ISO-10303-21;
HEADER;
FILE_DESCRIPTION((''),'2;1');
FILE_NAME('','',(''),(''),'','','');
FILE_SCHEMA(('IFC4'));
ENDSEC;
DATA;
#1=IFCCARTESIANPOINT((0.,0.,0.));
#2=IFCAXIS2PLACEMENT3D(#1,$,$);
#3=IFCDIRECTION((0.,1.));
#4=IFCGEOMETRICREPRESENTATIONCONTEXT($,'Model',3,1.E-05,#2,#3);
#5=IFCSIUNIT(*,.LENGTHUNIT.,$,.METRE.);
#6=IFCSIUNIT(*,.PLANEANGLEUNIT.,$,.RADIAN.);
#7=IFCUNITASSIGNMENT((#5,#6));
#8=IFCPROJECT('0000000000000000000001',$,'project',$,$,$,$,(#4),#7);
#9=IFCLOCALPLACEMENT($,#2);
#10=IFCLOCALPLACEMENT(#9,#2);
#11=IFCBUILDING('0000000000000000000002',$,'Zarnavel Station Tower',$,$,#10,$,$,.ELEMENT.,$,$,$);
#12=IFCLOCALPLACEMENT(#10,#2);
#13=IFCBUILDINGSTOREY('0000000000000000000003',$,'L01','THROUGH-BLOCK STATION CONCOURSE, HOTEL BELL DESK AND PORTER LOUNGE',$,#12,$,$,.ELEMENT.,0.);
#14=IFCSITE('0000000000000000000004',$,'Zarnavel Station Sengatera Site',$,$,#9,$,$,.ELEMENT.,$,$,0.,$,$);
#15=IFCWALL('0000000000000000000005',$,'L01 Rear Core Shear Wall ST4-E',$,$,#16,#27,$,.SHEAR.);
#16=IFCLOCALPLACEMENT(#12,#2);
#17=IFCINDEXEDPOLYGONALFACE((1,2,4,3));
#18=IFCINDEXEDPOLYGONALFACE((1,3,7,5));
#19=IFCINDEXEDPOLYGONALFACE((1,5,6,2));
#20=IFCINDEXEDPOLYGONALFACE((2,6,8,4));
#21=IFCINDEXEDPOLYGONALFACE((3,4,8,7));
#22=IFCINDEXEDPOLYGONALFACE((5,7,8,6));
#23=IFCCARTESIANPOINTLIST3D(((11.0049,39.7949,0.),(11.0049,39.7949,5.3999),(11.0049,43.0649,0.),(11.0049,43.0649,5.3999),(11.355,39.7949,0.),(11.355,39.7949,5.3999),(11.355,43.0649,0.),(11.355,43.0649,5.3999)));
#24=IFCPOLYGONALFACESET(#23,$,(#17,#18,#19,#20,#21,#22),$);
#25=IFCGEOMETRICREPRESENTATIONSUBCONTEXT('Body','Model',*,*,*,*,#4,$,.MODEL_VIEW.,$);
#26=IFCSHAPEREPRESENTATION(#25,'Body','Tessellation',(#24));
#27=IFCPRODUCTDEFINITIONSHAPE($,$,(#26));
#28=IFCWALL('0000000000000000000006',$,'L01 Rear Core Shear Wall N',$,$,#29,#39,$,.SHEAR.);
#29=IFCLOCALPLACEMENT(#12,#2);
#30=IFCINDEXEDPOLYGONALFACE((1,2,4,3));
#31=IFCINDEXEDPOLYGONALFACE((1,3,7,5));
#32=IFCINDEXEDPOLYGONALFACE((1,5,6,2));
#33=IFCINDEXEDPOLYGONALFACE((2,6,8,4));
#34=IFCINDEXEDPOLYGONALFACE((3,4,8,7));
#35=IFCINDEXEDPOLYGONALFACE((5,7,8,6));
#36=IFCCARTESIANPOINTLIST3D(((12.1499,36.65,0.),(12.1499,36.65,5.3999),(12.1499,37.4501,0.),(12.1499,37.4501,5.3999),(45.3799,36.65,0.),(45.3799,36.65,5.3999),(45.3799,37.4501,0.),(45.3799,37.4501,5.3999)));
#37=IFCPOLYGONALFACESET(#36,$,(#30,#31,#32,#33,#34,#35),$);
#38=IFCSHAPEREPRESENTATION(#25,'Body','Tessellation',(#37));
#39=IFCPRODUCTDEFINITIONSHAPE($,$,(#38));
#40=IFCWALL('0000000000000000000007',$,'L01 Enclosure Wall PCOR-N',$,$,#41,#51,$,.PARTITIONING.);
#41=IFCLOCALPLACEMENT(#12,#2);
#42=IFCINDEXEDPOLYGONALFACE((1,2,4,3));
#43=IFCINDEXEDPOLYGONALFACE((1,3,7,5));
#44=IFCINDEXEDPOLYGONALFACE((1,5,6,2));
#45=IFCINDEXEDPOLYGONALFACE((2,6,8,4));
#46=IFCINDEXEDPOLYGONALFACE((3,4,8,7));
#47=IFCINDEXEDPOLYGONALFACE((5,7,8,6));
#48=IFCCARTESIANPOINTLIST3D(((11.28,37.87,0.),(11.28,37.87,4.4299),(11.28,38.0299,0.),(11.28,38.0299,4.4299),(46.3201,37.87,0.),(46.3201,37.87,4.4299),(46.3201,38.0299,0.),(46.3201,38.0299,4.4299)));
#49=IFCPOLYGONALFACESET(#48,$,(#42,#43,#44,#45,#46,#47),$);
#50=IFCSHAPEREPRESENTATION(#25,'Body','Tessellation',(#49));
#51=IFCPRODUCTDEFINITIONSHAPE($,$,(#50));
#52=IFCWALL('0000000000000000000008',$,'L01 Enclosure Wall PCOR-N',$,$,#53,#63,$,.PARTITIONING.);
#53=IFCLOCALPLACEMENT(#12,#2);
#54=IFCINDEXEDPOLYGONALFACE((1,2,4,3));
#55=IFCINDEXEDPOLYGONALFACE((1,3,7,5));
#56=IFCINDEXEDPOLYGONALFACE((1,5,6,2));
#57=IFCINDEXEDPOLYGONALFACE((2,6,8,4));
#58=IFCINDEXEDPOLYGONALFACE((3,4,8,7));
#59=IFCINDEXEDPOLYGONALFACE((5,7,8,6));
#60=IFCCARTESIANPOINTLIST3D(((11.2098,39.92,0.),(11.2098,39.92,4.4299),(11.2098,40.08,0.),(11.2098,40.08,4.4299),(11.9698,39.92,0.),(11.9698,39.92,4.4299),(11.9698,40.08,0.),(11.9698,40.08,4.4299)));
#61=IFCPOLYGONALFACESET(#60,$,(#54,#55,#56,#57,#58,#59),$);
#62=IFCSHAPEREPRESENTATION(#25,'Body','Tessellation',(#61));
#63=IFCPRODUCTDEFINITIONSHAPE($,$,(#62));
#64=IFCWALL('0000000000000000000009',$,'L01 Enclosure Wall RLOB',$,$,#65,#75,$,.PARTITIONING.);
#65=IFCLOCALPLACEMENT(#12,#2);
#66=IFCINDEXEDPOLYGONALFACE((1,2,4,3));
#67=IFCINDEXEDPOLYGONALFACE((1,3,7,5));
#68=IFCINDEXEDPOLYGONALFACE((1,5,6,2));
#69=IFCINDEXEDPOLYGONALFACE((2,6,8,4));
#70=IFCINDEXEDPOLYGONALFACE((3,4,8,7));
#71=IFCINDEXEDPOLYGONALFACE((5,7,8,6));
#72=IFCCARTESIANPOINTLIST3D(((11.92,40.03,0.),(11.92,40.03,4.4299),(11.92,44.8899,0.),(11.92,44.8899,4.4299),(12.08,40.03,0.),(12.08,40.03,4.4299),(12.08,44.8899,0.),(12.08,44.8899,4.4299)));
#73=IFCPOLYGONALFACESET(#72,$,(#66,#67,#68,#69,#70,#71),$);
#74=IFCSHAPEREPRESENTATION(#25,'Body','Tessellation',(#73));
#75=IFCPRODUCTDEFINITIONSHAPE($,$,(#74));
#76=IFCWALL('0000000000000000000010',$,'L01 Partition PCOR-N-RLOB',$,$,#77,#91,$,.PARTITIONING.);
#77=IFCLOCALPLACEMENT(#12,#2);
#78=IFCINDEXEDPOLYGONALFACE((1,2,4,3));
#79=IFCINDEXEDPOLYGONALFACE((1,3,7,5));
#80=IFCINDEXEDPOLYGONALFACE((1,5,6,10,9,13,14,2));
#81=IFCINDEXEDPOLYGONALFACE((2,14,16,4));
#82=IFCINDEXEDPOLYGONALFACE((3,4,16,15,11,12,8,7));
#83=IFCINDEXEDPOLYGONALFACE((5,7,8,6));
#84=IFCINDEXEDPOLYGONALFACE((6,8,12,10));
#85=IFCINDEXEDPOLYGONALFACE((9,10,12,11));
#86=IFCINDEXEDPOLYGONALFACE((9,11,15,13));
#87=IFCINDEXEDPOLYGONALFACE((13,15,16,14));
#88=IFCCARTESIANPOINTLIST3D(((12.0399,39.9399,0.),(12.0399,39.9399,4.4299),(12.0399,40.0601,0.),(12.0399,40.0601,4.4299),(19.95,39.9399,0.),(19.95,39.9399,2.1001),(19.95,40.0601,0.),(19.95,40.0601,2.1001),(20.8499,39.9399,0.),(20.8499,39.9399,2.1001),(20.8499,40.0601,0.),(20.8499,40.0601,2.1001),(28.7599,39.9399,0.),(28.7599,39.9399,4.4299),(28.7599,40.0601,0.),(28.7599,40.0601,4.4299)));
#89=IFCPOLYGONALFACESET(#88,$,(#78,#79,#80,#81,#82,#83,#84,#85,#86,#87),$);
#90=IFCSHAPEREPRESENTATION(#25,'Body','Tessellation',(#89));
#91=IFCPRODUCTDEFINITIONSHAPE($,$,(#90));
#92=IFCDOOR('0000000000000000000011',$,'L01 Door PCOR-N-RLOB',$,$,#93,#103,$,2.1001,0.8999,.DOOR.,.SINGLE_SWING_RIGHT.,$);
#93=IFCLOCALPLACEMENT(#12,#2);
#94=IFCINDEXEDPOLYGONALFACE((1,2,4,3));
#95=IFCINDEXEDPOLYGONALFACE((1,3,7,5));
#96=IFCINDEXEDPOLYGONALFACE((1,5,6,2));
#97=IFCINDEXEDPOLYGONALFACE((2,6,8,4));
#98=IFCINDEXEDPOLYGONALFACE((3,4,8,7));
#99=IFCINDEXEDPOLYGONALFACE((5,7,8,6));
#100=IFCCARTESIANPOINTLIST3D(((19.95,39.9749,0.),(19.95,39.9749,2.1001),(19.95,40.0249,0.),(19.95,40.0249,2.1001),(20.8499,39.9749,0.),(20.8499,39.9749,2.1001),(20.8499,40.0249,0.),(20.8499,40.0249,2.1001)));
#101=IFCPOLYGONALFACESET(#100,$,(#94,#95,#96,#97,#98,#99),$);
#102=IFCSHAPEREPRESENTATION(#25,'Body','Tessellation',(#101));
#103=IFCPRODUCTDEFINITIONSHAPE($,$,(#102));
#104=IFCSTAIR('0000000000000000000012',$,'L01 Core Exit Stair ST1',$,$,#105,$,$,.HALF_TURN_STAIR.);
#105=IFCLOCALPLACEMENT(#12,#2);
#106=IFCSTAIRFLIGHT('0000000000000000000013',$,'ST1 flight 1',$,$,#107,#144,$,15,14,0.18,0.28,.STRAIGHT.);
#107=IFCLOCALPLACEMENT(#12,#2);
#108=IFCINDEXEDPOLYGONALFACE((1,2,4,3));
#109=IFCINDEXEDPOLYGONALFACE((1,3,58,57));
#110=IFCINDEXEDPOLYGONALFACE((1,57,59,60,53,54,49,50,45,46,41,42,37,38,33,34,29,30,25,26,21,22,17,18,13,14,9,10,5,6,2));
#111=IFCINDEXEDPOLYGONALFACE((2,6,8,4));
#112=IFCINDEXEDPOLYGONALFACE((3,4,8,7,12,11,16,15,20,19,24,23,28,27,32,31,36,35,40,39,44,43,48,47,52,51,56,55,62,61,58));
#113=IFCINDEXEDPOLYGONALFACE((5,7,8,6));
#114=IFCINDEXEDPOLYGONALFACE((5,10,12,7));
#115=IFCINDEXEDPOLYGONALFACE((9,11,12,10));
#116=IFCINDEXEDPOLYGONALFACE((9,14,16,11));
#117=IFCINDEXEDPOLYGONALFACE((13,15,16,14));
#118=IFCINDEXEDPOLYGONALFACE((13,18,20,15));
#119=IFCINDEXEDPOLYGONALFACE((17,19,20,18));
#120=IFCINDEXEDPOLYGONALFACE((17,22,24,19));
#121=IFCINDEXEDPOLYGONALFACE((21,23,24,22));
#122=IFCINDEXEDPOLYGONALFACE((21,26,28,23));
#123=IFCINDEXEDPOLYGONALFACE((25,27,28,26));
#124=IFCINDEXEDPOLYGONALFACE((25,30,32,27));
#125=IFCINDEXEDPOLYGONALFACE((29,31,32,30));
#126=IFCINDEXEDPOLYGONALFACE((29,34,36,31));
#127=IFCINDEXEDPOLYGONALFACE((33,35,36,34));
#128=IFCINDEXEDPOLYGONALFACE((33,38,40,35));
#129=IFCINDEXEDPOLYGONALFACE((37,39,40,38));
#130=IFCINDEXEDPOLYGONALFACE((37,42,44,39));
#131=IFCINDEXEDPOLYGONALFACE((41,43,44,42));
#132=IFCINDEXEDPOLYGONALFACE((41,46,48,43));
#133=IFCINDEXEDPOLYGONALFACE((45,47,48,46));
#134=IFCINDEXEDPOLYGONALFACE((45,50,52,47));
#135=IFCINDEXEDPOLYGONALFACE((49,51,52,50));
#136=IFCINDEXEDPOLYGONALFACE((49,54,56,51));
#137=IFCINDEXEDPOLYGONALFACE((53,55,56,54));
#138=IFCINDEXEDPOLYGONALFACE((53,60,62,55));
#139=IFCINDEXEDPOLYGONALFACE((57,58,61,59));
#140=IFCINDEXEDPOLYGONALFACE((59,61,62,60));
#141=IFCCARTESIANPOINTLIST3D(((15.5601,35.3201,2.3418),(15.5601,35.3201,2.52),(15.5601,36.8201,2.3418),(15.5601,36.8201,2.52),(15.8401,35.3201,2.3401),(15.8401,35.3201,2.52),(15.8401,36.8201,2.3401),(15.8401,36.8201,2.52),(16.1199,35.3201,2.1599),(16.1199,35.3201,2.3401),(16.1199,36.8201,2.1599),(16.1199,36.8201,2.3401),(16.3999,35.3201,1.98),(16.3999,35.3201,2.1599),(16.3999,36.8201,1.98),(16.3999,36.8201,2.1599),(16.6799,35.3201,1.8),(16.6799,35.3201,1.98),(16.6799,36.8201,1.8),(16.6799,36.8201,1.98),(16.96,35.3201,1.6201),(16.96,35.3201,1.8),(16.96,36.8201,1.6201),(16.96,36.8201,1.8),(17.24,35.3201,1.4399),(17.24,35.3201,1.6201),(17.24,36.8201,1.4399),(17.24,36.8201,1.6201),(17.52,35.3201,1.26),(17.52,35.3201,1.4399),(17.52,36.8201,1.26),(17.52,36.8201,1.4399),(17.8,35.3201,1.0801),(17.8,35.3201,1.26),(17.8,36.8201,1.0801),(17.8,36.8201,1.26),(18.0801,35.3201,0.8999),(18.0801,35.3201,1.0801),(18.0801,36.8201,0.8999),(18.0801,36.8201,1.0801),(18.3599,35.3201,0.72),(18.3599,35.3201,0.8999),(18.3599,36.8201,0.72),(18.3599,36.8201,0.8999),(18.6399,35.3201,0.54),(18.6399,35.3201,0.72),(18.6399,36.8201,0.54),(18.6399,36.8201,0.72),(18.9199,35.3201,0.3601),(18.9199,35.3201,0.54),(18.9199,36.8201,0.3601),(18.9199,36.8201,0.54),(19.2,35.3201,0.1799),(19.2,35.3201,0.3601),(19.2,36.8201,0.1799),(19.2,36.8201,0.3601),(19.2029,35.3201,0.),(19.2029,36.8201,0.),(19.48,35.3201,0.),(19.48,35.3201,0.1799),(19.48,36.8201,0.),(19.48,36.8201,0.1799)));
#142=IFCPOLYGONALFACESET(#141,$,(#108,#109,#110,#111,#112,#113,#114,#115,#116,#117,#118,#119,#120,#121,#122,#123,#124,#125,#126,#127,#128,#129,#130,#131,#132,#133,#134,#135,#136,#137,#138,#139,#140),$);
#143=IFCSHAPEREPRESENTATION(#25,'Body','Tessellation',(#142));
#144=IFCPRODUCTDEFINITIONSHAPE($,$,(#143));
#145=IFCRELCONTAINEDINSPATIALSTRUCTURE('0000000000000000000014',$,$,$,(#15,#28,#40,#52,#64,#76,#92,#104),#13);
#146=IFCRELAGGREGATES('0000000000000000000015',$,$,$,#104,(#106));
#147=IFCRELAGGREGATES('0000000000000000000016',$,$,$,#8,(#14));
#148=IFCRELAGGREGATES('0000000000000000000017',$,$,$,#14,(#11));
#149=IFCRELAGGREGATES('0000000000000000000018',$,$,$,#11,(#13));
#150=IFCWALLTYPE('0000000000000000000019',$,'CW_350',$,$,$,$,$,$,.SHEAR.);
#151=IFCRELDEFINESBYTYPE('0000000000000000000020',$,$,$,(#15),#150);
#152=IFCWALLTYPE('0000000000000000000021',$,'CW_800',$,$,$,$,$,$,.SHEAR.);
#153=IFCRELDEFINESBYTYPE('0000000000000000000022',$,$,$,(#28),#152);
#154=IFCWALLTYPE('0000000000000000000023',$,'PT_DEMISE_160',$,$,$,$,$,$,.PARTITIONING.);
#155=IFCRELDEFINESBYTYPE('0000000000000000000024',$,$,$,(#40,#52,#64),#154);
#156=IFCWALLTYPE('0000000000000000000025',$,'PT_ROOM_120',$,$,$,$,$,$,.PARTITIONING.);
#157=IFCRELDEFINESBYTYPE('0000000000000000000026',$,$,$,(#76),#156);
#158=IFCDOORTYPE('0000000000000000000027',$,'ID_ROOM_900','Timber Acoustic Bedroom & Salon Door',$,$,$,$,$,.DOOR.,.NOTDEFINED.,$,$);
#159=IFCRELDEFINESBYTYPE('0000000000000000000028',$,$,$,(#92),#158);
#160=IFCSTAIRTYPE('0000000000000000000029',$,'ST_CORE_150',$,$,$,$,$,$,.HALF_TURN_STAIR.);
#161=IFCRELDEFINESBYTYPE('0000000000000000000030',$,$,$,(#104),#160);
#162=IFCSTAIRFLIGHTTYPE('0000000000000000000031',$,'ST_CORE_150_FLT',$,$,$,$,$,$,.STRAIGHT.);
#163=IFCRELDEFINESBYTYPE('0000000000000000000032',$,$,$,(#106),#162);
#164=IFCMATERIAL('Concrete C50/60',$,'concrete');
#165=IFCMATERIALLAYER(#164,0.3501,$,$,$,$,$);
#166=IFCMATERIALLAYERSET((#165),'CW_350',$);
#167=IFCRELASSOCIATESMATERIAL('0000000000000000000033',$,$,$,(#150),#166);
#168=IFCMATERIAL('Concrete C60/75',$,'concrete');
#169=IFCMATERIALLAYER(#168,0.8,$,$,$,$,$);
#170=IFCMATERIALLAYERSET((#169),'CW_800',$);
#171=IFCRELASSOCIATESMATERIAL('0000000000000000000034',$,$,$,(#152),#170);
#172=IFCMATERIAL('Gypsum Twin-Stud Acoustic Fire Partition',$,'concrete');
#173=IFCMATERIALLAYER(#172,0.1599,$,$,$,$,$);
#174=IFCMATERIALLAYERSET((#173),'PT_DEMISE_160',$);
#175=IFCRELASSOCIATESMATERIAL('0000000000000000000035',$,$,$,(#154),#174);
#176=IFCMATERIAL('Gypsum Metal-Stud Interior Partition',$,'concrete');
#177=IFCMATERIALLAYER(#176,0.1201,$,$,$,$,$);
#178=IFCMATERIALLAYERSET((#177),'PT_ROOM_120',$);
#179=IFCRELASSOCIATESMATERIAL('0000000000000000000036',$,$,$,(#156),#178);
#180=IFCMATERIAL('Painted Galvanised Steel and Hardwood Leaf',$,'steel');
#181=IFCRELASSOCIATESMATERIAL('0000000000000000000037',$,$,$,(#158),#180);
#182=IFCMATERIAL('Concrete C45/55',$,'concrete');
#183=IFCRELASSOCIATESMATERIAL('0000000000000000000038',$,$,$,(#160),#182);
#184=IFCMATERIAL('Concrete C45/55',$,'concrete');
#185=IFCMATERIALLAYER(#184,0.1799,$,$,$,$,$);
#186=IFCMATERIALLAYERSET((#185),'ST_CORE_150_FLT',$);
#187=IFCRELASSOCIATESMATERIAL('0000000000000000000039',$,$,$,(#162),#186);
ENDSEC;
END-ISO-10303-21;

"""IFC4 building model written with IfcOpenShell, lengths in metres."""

from ifc_helpers import new_model, si_unit, direction, frame, frame_2d, origin, place, context, subcontext, project, spatial, polyline, rectangle, outline, extrude, material, layer, layer_set, type_object, element, fill, aggregate, save


model = new_model("IFC4")

# Units and contexts
model_context = context("Model", 3, precision=1e-05, world=origin(), true_north=direction((0.0, 1.0)))
body_context = subcontext(model_context, "Body", "Model", "MODEL_VIEW")
ifc_project = project(units=[si_unit("LENGTHUNIT", "METRE"), si_unit("PLANEANGLEUNIT", "RADIAN")], contexts=[model_context])

# Site, building, storey
site_placement = place(None, origin())
site = spatial("IfcSite", under=ifc_project, at=site_placement, Name="Zarnavel Station Sengatera Site", CompositionType="ELEMENT", RefElevation=0.0)
building_placement = place(site_placement, origin())
building = spatial("IfcBuilding", under=site, at=building_placement, Name="Zarnavel Station Tower", CompositionType="ELEMENT")
storey_placement = place(building_placement, origin())
storey = spatial("IfcBuildingStorey", under=building, at=storey_placement, Name="L01", Description="THROUGH-BLOCK STATION CONCOURSE, HOTEL BELL DESK AND PORTER LOUNGE", CompositionType="ELEMENT", Elevation=0.0)

# Walls
ifc_material_1 = material(Name="Concrete C50/60", Category="concrete")
ifc_layer_1 = layer(ifc_material_1, 0.3501)
ifc_layer_set_1 = layer_set([ifc_layer_1], Name="CW_350")
wall_type_1 = type_object("IfcWallType", Name="CW_350", PredefinedType="SHEAR", material=ifc_layer_set_1)
wall_1_placement = place(storey_placement, frame((11.1799, 39.7949, 0.0), z_axis=(0.0, 0.0, 1.0), x_axis=(0.0, 1.0, 0.0)))
element("IfcWall", 1, at=wall_1_placement, inside=storey, type_object=wall_type_1, Name="L01 Rear Core Shear Wall ST4-E", PredefinedType="SHEAR", context=body_context, shape_type="SweptSolid", body=[
    extrude(rectangle(XDim=3.27, YDim=0.3501, at=frame_2d((1.635, 0.0))), origin(), (0.0, 0.0, 1.0), 5.3999),
])
ifc_material_2 = material(Name="Concrete C60/75", Category="concrete")
ifc_layer_2 = layer(ifc_material_2, 0.8)
ifc_layer_set_2 = layer_set([ifc_layer_2], Name="CW_800")
wall_type_2 = type_object("IfcWallType", Name="CW_800", PredefinedType="SHEAR", material=ifc_layer_set_2)
wall_2_placement = place(storey_placement, frame((12.1499, 37.05, 0.0), z_axis=(0.0, 0.0, 1.0), x_axis=(1.0, 0.0, 0.0)))
element("IfcWall", 2, at=wall_2_placement, inside=storey, type_object=wall_type_2, Name="L01 Rear Core Shear Wall N", PredefinedType="SHEAR", context=body_context, shape_type="SweptSolid", body=[
    extrude(rectangle(XDim=33.23, YDim=0.8, at=frame_2d((16.615, 0.0))), origin(), (0.0, 0.0, 1.0), 5.3999),
])
ifc_material_3 = material(Name="Gypsum Twin-Stud Acoustic Fire Partition", Category="concrete")
ifc_layer_3 = layer(ifc_material_3, 0.1599)
ifc_layer_set_3 = layer_set([ifc_layer_3], Name="PT_DEMISE_160")
wall_type_3 = type_object("IfcWallType", Name="PT_DEMISE_160", PredefinedType="PARTITIONING", material=ifc_layer_set_3)
wall_3_placement = place(storey_placement, frame((11.28, 37.95, 0.0), z_axis=(0.0, 0.0, 1.0), x_axis=(1.0, 0.0, 0.0)))
element("IfcWall", 3, at=wall_3_placement, inside=storey, type_object=wall_type_3, Name="L01 Enclosure Wall PCOR-N", PredefinedType="PARTITIONING", context=body_context, shape_type="SweptSolid", body=[
    extrude(rectangle(XDim=35.04, YDim=0.1599, at=frame_2d((17.52, 0.0))), origin(), (0.0, 0.0, 1.0), 4.4299),
])
wall_4_placement = place(storey_placement, frame((11.21, 40.0, 0.0), z_axis=(0.0, 0.0, 1.0), x_axis=(1.0, 0.0, 0.0)))
element("IfcWall", 4, at=wall_4_placement, inside=storey, type_object=wall_type_3, Name="L01 Enclosure Wall PCOR-N", PredefinedType="PARTITIONING", context=body_context, shape_type="SweptSolid", body=[
    extrude(rectangle(XDim=0.76, YDim=0.1599, at=frame_2d((0.3799, 0.0))), origin(), (0.0, 0.0, 1.0), 4.4299),
])
wall_5_placement = place(storey_placement, frame((12.0, 40.03, 0.0), z_axis=(0.0, 0.0, 1.0), x_axis=(0.0, 1.0, 0.0)))
element("IfcWall", 5, at=wall_5_placement, inside=storey, type_object=wall_type_3, Name="L01 Enclosure Wall RLOB", PredefinedType="PARTITIONING", context=body_context, shape_type="SweptSolid", body=[
    extrude(rectangle(XDim=4.8599, YDim=0.1599, at=frame_2d((2.4299, 0.0))), origin(), (0.0, 0.0, 1.0), 4.4299),
])

# Wall, opening, door
ifc_material_4 = material(Name="Gypsum Metal-Stud Interior Partition", Category="concrete")
ifc_layer_4 = layer(ifc_material_4, 0.1201)
ifc_layer_set_4 = layer_set([ifc_layer_4], Name="PT_ROOM_120")
wall_type_4 = type_object("IfcWallType", Name="PT_ROOM_120", PredefinedType="PARTITIONING", material=ifc_layer_set_4)
wall_6_placement = place(storey_placement, frame((12.04, 40.0, 0.0), z_axis=(0.0, 0.0, 1.0), x_axis=(1.0, 0.0, 0.0)))
wall_6 = element("IfcWall", 6, at=wall_6_placement, inside=storey, type_object=wall_type_4, Name="L01 Partition PCOR-N-RLOB", PredefinedType="PARTITIONING", context=body_context, shape_type="SweptSolid", body=[
    extrude(rectangle(XDim=16.72, YDim=0.1201, at=frame_2d((8.3599, 0.0))), origin(), (0.0, 0.0, 1.0), 4.4299),
])
opening_placement = place(wall_6_placement, frame((7.9099, 0.0, 0.0)))
opening = element("IfcOpeningElement", 7, at=opening_placement, cuts=wall_6, PredefinedType="OPENING", context=body_context, shape_type="SweptSolid", body=[
    extrude(rectangle(XDim=0.8999, YDim=2.1001, at=frame_2d((0.45, 1.05))), frame((0.0, 0.0701, 0.0), z_axis=(0.0, -1.0, 0.0), x_axis=(1.0, 0.0, 0.0)), (0.0, 0.0, 1.0), 0.1401),
])
ifc_material_5 = material(Name="Painted Galvanised Steel and Hardwood Leaf", Category="steel")
door_type = type_object("IfcDoorType", Name="ID_ROOM_900", Description="Timber Acoustic Bedroom & Salon Door", OperationType="NOTDEFINED", PredefinedType="DOOR", material=ifc_material_5)
door_placement = place(opening_placement, origin())
door = element("IfcDoor", 8, at=door_placement, inside=storey, type_object=door_type, Name="L01 Door PCOR-N-RLOB", OperationType="SINGLE_SWING_RIGHT", OverallHeight=2.1001, OverallWidth=0.8999, PredefinedType="DOOR", context=body_context, shape_type="SweptSolid", body=[
    extrude(rectangle(XDim=0.8999, YDim=2.1001, at=frame_2d((0.45, 1.05))), frame((0.0, 0.0249, 0.0), z_axis=(0.0, -1.0, 0.0), x_axis=(1.0, 0.0, 0.0)), (0.0, 0.0, 1.0), 0.05),
])
fill(opening, door)

# Stair, stair flight
ifc_material_6 = material(Name="Concrete C45/55", Category="concrete")
stair_type = type_object("IfcStairType", Name="ST_CORE_150", PredefinedType="HALF_TURN_STAIR", material=ifc_material_6)
stair_placement = place(storey_placement, origin())
stair = element("IfcStair", 9, at=stair_placement, inside=storey, type_object=stair_type, Name="L01 Core Exit Stair ST1", PredefinedType="HALF_TURN_STAIR")
ifc_material_7 = material(Name="Concrete C45/55", Category="concrete")
ifc_layer_5 = layer(ifc_material_7, 0.1799)
ifc_layer_set_5 = layer_set([ifc_layer_5], Name="ST_CORE_150_FLT")
stair_flight_type = type_object("IfcStairFlightType", Name="ST_CORE_150_FLT", PredefinedType="STRAIGHT", material=ifc_layer_set_5)
stair_flight_placement = place(storey_placement, frame((19.48, 36.0701, 0.0), z_axis=(0.0, 0.0, 1.0), x_axis=(-1.0, 0.0, 0.0)))
stair_flight = element("IfcStairFlight", 10, at=stair_flight_placement, type_object=stair_flight_type, Name="ST1 flight 1", NumberOfRisers=15, NumberOfTreads=14, PredefinedType="STRAIGHT", RiserHeight=0.18, TreadLength=0.28, context=body_context, shape_type="SweptSolid", body=[
    extrude(outline(polyline([(0.0, 0.0), (0.0, 0.1799), (0.28, 0.1799), (0.28, 0.3601), (0.5601, 0.3601), (0.5601, 0.54), (0.8401, 0.54), (0.8401, 0.72), (1.1201, 0.72), (1.1201, 0.8999), (1.3999, 0.8999), (1.3999, 1.0801), (1.6799, 1.0801), (1.6799, 1.26), (1.96, 1.26), (1.96, 1.4399), (2.24, 1.4399), (2.24, 1.6201), (2.52, 1.6201), (2.52, 1.8), (2.8, 1.8), (2.8, 1.98), (3.0801, 1.98), (3.0801, 2.1599), (3.3601, 2.1599), (3.3601, 2.3401), (3.6399, 2.3401), (3.6399, 2.52), (3.9199, 2.52), (3.9199, 2.7), (3.9199, 2.3418), (0.2771, 0.0), (0.0, 0.0)])), frame((0.0, 0.75, 0.0), z_axis=(0.0, -1.0, 0.0), x_axis=(1.0, 0.0, 0.0)), (0.0, 0.0, 1.0), 1.5),
])
aggregate(stair, [stair_flight])

save(model, "model.ifc")
